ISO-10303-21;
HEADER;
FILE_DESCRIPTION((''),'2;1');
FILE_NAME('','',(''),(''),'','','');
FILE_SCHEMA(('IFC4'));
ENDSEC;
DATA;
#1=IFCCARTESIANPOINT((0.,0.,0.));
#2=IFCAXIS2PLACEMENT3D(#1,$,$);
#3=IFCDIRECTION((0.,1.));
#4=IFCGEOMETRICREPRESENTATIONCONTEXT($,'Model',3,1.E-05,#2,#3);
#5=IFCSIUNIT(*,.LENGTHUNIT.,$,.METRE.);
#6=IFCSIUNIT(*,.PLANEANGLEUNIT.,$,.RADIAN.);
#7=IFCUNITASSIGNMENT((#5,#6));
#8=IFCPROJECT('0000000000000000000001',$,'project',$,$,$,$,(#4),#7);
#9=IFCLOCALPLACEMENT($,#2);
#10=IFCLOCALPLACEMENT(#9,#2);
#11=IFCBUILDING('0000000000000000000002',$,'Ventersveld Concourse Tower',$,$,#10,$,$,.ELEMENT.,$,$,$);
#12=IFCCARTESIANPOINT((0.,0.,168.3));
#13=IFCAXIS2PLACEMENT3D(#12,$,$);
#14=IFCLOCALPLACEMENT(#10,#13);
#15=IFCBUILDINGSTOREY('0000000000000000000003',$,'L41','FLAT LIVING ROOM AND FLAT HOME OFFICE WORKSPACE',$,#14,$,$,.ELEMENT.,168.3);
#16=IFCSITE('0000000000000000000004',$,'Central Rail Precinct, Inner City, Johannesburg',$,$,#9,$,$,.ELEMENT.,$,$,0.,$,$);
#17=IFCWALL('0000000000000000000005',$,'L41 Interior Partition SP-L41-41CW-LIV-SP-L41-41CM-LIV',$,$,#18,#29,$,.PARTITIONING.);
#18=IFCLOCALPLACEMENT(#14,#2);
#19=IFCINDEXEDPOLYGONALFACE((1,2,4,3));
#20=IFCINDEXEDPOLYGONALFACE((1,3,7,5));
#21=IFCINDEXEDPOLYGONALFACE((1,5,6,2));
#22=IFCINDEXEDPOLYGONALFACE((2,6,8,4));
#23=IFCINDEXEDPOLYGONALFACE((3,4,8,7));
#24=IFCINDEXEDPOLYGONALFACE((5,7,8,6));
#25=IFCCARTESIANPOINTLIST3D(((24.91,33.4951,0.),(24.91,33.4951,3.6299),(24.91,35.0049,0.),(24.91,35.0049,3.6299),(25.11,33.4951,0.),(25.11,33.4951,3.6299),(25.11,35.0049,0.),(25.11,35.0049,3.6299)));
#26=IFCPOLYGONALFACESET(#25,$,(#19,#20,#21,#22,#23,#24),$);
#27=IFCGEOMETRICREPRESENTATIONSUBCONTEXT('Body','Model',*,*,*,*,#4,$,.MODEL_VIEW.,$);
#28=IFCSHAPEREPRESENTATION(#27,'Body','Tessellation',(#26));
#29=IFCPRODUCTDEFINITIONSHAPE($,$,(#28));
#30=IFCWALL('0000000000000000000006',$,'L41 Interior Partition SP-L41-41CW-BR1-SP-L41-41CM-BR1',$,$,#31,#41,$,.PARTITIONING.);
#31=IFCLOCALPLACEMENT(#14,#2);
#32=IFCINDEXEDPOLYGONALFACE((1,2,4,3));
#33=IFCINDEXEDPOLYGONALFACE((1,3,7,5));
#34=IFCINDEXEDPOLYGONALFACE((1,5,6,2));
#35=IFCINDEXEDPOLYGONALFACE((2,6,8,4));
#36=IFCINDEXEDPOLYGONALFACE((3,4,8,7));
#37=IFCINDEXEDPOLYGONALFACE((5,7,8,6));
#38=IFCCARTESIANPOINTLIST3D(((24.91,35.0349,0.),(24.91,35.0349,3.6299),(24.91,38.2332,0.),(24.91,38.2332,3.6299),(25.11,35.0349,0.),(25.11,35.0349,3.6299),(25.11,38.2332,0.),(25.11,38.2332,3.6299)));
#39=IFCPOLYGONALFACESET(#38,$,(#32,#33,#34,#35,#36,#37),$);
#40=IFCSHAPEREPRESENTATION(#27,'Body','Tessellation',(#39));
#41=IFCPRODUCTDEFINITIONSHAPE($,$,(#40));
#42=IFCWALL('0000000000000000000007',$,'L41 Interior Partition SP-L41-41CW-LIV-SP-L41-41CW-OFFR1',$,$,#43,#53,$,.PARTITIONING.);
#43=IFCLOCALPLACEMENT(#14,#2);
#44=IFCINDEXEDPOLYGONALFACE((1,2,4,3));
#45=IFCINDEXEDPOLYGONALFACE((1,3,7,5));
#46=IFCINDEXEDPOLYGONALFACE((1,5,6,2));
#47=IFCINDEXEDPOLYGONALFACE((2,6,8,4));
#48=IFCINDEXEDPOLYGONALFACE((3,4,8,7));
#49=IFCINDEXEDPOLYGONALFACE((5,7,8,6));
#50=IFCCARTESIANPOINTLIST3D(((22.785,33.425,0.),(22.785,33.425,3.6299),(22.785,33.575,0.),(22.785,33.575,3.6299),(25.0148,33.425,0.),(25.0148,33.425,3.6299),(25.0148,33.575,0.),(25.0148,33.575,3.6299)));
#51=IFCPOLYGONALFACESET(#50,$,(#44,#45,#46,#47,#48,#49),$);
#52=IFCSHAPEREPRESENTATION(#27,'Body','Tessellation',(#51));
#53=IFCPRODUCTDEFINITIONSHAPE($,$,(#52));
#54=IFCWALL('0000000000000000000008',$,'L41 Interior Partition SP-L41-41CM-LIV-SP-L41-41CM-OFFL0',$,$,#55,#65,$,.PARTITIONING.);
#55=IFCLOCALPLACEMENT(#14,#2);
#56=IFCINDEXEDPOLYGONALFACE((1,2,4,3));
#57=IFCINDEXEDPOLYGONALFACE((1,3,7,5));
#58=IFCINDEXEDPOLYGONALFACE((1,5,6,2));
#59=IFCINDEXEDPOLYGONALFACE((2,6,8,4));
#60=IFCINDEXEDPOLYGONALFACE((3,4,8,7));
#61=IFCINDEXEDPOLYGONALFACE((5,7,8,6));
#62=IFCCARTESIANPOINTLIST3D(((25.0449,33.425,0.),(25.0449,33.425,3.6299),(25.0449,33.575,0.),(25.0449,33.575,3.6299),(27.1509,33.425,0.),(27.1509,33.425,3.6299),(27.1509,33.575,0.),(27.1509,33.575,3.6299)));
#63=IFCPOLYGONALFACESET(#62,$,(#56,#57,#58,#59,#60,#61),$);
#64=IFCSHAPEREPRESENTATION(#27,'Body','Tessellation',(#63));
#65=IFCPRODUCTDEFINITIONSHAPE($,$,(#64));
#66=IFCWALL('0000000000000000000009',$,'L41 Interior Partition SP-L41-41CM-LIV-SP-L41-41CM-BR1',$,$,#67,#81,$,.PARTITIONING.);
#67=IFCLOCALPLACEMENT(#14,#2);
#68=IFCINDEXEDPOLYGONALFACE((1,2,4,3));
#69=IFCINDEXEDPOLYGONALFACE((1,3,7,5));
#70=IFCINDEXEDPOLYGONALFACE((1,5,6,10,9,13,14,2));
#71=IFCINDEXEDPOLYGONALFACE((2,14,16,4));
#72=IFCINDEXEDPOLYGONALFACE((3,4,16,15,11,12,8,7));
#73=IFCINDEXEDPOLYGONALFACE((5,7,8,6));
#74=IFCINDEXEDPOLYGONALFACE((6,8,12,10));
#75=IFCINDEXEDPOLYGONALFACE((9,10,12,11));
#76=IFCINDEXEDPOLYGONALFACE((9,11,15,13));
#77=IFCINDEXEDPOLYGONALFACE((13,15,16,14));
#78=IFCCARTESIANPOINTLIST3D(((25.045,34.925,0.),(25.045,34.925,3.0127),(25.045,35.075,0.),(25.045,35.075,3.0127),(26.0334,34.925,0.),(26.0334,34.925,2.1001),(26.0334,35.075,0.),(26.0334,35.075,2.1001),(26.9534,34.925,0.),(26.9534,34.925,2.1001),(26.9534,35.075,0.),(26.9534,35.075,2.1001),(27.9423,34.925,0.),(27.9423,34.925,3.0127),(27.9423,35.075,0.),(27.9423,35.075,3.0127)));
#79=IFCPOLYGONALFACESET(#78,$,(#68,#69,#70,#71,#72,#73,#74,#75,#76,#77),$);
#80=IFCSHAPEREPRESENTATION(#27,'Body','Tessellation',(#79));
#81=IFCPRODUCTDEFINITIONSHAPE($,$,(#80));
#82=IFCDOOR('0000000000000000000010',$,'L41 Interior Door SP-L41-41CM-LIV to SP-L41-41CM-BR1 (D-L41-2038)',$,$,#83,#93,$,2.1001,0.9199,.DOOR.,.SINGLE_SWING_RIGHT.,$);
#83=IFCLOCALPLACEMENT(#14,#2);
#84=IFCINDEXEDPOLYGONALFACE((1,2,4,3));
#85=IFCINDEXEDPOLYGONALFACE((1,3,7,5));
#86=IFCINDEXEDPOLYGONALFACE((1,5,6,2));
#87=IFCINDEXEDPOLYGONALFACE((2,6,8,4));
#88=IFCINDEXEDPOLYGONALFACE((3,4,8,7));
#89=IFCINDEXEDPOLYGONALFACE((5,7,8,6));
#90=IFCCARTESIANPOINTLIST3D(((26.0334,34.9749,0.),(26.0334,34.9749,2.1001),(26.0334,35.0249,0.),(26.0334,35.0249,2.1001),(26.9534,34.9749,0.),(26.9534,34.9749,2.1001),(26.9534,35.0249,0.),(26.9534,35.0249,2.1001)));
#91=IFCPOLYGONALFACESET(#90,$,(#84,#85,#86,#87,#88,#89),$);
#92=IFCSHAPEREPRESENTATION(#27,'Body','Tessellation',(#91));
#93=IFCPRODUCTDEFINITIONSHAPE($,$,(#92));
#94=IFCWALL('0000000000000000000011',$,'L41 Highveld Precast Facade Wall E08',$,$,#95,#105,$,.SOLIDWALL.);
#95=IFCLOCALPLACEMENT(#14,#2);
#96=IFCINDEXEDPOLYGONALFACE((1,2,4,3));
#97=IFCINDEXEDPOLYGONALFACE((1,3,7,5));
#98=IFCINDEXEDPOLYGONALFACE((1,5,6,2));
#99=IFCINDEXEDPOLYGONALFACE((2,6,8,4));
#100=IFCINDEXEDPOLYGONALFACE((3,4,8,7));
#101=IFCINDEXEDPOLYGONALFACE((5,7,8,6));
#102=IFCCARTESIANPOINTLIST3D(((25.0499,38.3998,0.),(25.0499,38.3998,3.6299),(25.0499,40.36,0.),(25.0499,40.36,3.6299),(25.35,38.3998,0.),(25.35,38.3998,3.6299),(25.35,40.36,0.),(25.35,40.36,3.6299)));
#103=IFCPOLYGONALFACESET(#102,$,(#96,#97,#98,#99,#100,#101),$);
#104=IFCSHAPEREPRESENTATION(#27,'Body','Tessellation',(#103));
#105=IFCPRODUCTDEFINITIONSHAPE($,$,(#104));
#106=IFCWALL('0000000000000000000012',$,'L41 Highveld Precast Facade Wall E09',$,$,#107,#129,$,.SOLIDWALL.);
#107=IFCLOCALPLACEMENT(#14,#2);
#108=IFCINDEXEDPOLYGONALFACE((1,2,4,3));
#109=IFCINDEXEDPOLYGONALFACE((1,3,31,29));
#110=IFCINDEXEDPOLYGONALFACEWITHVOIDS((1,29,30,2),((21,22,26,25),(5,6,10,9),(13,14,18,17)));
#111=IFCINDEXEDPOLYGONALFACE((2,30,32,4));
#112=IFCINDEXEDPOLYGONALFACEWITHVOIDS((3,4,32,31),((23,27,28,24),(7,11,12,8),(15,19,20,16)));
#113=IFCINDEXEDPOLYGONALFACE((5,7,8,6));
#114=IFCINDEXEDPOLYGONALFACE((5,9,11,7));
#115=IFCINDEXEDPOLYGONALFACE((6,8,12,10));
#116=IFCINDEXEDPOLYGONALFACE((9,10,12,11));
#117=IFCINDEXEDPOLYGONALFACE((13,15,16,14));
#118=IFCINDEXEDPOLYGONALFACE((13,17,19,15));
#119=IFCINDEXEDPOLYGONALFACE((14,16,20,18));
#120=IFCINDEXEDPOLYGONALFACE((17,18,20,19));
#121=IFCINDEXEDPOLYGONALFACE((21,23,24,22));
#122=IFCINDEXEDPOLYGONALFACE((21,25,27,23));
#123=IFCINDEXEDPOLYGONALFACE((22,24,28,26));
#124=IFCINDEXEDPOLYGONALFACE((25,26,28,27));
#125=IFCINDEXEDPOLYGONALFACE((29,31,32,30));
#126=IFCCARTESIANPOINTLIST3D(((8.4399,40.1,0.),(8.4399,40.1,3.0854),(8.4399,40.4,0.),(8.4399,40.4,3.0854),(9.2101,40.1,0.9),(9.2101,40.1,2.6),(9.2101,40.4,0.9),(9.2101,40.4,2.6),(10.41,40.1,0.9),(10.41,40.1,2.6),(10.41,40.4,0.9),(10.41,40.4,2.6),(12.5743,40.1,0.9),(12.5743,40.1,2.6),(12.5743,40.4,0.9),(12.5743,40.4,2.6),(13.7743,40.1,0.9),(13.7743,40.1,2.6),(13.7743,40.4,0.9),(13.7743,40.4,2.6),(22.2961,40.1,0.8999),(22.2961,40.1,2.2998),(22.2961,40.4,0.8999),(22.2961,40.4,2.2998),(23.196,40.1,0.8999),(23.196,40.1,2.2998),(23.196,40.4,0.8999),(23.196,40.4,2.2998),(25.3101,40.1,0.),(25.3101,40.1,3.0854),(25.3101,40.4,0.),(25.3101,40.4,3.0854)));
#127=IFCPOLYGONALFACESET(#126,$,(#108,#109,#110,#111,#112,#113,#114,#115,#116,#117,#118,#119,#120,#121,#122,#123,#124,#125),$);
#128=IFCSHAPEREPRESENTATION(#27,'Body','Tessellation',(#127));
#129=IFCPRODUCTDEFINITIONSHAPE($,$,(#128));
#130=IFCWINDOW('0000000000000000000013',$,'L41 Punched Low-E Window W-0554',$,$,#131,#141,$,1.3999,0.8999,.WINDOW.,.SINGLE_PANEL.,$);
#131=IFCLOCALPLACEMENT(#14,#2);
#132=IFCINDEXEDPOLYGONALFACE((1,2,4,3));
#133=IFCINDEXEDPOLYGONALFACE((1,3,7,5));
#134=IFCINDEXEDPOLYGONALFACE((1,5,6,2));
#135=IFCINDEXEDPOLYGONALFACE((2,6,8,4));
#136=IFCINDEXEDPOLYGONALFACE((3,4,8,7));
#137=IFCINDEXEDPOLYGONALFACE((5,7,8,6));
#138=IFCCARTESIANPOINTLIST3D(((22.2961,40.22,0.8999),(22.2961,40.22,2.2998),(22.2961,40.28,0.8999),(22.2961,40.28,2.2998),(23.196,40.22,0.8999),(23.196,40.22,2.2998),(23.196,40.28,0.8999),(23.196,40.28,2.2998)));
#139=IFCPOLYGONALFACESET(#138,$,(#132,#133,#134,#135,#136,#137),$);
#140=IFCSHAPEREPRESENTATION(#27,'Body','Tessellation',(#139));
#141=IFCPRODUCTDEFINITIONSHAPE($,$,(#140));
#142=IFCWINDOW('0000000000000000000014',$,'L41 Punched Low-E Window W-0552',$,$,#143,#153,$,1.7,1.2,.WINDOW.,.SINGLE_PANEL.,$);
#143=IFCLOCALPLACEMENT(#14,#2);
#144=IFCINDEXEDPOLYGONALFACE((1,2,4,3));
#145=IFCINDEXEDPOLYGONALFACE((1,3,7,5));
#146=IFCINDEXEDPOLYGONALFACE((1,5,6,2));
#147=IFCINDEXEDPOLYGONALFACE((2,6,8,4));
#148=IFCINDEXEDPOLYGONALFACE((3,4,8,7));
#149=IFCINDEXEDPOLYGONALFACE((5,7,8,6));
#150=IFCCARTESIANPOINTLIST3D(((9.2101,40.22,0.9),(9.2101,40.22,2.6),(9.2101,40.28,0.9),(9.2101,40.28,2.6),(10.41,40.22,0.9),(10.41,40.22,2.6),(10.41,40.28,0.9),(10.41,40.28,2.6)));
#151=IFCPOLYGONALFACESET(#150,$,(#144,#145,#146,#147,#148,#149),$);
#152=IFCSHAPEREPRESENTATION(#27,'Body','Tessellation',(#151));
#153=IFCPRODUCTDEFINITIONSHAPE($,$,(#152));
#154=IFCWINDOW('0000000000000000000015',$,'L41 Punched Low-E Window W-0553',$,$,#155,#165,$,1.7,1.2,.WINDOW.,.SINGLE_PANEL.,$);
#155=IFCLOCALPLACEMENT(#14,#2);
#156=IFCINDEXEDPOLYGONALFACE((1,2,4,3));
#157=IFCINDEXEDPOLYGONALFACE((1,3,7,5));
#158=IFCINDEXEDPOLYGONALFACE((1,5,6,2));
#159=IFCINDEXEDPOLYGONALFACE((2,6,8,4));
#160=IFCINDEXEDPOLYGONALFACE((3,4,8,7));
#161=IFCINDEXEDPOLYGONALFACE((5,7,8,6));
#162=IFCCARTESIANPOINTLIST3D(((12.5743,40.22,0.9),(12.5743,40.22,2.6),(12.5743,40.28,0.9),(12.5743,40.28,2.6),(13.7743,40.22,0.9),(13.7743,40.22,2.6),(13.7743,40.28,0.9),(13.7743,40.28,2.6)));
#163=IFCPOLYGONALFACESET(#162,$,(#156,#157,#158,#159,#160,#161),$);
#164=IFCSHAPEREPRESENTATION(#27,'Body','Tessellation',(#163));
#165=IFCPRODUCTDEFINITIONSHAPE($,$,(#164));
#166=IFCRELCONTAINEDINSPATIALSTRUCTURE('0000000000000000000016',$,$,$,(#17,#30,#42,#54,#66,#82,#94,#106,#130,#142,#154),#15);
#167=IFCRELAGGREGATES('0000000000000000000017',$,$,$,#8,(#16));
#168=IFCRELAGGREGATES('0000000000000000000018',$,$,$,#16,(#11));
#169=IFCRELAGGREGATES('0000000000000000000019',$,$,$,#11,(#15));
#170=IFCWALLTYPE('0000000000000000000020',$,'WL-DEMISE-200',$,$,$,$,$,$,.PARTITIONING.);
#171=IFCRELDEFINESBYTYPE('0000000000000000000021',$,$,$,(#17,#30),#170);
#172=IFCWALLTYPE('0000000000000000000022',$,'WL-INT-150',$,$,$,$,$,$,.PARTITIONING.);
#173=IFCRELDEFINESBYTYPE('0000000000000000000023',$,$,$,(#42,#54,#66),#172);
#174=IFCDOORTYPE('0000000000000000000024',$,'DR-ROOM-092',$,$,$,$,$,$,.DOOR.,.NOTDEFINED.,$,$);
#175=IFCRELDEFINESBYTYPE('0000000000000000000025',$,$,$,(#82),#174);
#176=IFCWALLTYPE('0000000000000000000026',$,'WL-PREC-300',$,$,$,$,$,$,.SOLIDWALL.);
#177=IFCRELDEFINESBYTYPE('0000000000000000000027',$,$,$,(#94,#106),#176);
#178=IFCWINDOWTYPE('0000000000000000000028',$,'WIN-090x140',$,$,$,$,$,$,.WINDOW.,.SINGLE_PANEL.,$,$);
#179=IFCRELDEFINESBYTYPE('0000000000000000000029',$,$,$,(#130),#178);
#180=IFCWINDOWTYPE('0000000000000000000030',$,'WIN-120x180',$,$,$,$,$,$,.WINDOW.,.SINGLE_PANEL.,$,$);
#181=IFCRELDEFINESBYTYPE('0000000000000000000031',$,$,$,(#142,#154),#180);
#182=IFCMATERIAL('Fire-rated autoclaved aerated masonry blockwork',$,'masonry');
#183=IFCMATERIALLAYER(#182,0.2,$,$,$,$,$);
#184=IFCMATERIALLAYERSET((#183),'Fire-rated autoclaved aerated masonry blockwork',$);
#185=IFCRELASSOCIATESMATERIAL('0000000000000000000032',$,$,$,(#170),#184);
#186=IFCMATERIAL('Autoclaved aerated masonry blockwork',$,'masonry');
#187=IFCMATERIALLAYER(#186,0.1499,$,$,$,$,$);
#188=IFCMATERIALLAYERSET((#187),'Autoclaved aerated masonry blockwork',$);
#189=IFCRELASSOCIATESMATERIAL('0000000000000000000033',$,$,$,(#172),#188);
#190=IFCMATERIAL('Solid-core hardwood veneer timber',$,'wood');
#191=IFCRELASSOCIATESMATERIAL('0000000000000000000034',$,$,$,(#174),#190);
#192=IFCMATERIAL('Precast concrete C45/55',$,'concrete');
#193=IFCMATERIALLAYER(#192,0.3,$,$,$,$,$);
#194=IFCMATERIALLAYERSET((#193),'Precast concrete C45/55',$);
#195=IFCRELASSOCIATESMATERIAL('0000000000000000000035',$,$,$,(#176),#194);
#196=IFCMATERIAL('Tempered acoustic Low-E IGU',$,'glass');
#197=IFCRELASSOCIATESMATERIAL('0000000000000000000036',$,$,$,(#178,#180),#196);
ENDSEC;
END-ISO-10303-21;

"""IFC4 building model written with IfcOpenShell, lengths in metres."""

from ifc_helpers import new_model, si_unit, direction, frame, frame_2d, origin, place, context, subcontext, project, spatial, rectangle, extrude, material, layer, layer_set, type_object, element, fill, save


model = new_model("IFC4")

# Units and contexts
model_context = context("Model", 3, precision=1e-05, world=origin(), true_north=direction((0.0, 1.0)))
body_context = subcontext(model_context, "Body", "Model", "MODEL_VIEW")
ifc_project = project(units=[si_unit("LENGTHUNIT", "METRE"), si_unit("PLANEANGLEUNIT", "RADIAN")], contexts=[model_context])

# Site, building, storey
site_placement = place(None, origin())
site = spatial("IfcSite", under=ifc_project, at=site_placement, Name="Central Rail Precinct, Inner City, Johannesburg", CompositionType="ELEMENT", RefElevation=0.0)
building_placement = place(site_placement, origin())
building = spatial("IfcBuilding", under=site, at=building_placement, Name="Ventersveld Concourse Tower", CompositionType="ELEMENT")
storey_placement = place(building_placement, frame((0.0, 0.0, 168.3)))
storey = spatial("IfcBuildingStorey", under=building, at=storey_placement, Name="L41", Description="FLAT LIVING ROOM AND FLAT HOME OFFICE WORKSPACE", CompositionType="ELEMENT", Elevation=168.3)

# Walls
ifc_material_1 = material(Name="Fire-rated autoclaved aerated masonry blockwork", Category="masonry")
ifc_layer_1 = layer(ifc_material_1, 0.2)
ifc_layer_set_1 = layer_set([ifc_layer_1], Name="Fire-rated autoclaved aerated masonry blockwork")
wall_type_1 = type_object("IfcWallType", Name="WL-DEMISE-200", PredefinedType="PARTITIONING", material=ifc_layer_set_1)
wall_1_placement = place(storey_placement, frame((25.01, 33.4951, 0.0), z_axis=(0.0, 0.0, 1.0), x_axis=(0.0, 1.0, 0.0)))
element("IfcWall", 1, at=wall_1_placement, inside=storey, type_object=wall_type_1, Name="L41 Interior Partition SP-L41-41CW-LIV-SP-L41-41CM-LIV", PredefinedType="PARTITIONING", context=body_context, shape_type="SweptSolid", body=[
    extrude(rectangle(XDim=1.5098, YDim=0.2, at=frame_2d((0.7549, 0.0))), origin(), (0.0, 0.0, 1.0), 3.6299),
])
wall_2_placement = place(storey_placement, frame((25.01, 35.0349, 0.0), z_axis=(0.0, 0.0, 1.0), x_axis=(0.0, 1.0, 0.0)))
element("IfcWall", 2, at=wall_2_placement, inside=storey, type_object=wall_type_1, Name="L41 Interior Partition SP-L41-41CW-BR1-SP-L41-41CM-BR1", PredefinedType="PARTITIONING", context=body_context, shape_type="SweptSolid", body=[
    extrude(rectangle(XDim=3.1982, YDim=0.2, at=frame_2d((1.5991, 0.0))), origin(), (0.0, 0.0, 1.0), 3.6299),
])
ifc_material_2 = material(Name="Autoclaved aerated masonry blockwork", Category="masonry")
ifc_layer_2 = layer(ifc_material_2, 0.1499)
ifc_layer_set_2 = layer_set([ifc_layer_2], Name="Autoclaved aerated masonry blockwork")
wall_type_2 = type_object("IfcWallType", Name="WL-INT-150", PredefinedType="PARTITIONING", material=ifc_layer_set_2)
wall_3_placement = place(storey_placement, frame((22.7852, 33.5, 0.0), z_axis=(0.0, 0.0, 1.0), x_axis=(1.0, 0.0, 0.0)))
element("IfcWall", 3, at=wall_3_placement, inside=storey, type_object=wall_type_2, Name="L41 Interior Partition SP-L41-41CW-LIV-SP-L41-41CW-OFFR1", PredefinedType="PARTITIONING", context=body_context, shape_type="SweptSolid", body=[
    extrude(rectangle(XDim=2.2297, YDim=0.1499, at=frame_2d((1.1147, 0.0))), origin(), (0.0, 0.0, 1.0), 3.6299),
])
wall_4_placement = place(storey_placement, frame((25.0449, 33.5, 0.0), z_axis=(0.0, 0.0, 1.0), x_axis=(1.0, 0.0, 0.0)))
element("IfcWall", 4, at=wall_4_placement, inside=storey, type_object=wall_type_2, Name="L41 Interior Partition SP-L41-41CM-LIV-SP-L41-41CM-OFFL0", PredefinedType="PARTITIONING", context=body_context, shape_type="SweptSolid", body=[
    extrude(rectangle(XDim=2.106, YDim=0.1499, at=frame_2d((1.053, 0.0))), origin(), (0.0, 0.0, 1.0), 3.6299),
])

# Wall, opening, door
wall_5_placement = place(storey_placement, frame((25.0449, 35.0, 0.0), z_axis=(0.0, 0.0, 1.0), x_axis=(1.0, 0.0, 0.0)))
wall_5 = element("IfcWall", 5, at=wall_5_placement, inside=storey, type_object=wall_type_2, Name="L41 Interior Partition SP-L41-41CM-LIV-SP-L41-41CM-BR1", PredefinedType="PARTITIONING", context=body_context, shape_type="SweptSolid", body=[
    extrude(rectangle(XDim=2.8972, YDim=0.1499, at=frame_2d((1.4487, 0.0))), origin(), (0.0, 0.0, 1.0), 3.0127),
])
opening_1_placement = place(wall_5_placement, frame((0.9885, 0.0, 0.0)))
opening_1 = element("IfcOpeningElement", 6, at=opening_1_placement, cuts=wall_5, PredefinedType="OPENING", context=body_context, shape_type="SweptSolid", body=[
    extrude(rectangle(XDim=0.9199, YDim=2.1001, at=frame_2d((0.46, 1.05))), frame((0.0, 0.085, 0.0), z_axis=(0.0, -1.0, 0.0), x_axis=(1.0, 0.0, 0.0)), (0.0, 0.0, 1.0), 0.1699),
])
ifc_material_3 = material(Name="Solid-core hardwood veneer timber", Category="wood")
door_type = type_object("IfcDoorType", Name="DR-ROOM-092", OperationType="NOTDEFINED", PredefinedType="DOOR", material=ifc_material_3)
door_placement = place(opening_1_placement, origin())
door = element("IfcDoor", 7, at=door_placement, inside=storey, type_object=door_type, Name="L41 Interior Door SP-L41-41CM-LIV to SP-L41-41CM-BR1 (D-L41-2038)", OperationType="SINGLE_SWING_RIGHT", OverallHeight=2.1001, OverallWidth=0.9199, PredefinedType="DOOR", context=body_context, shape_type="SweptSolid", body=[
    extrude(rectangle(XDim=0.9199, YDim=2.1001, at=frame_2d((0.46, 1.05))), frame((0.0, 0.0249, 0.0), z_axis=(0.0, -1.0, 0.0), x_axis=(1.0, 0.0, 0.0)), (0.0, 0.0, 1.0), 0.05),
])
fill(opening_1, door)

# Wall
ifc_material_4 = material(Name="Precast concrete C45/55", Category="concrete")
ifc_layer_3 = layer(ifc_material_4, 0.3)
ifc_layer_set_3 = layer_set([ifc_layer_3], Name="Precast concrete C45/55")
wall_type_3 = type_object("IfcWallType", Name="WL-PREC-300", PredefinedType="SOLIDWALL", material=ifc_layer_set_3)
wall_6_placement = place(storey_placement, frame((25.2, 38.3999, 0.0), z_axis=(0.0, 0.0, 1.0), x_axis=(0.0, 1.0, 0.0)))
element("IfcWall", 8, at=wall_6_placement, inside=storey, type_object=wall_type_3, Name="L41 Highveld Precast Facade Wall E08", PredefinedType="SOLIDWALL", context=body_context, shape_type="SweptSolid", body=[
    extrude(rectangle(XDim=1.9602, YDim=0.3, at=frame_2d((0.98, 0.0))), origin(), (0.0, 0.0, 1.0), 3.6299),
])

# Wall, openings, windows
wall_7_placement = place(storey_placement, frame((25.3101, 40.25, 0.0), z_axis=(0.0, 0.0, 1.0), x_axis=(-1.0, 0.0, 0.0)))
wall_7 = element("IfcWall", 9, at=wall_7_placement, inside=storey, type_object=wall_type_3, Name="L41 Highveld Precast Facade Wall E09", PredefinedType="SOLIDWALL", context=body_context, shape_type="SweptSolid", body=[
    extrude(rectangle(XDim=16.8701, YDim=0.3, at=frame_2d((8.4351, 0.0))), origin(), (0.0, 0.0, 1.0), 3.0854),
])
opening_2_placement = place(wall_7_placement, frame((14.8999, 0.0, 0.8999)))
opening_2 = element("IfcOpeningElement", 10, at=opening_2_placement, cuts=wall_7, PredefinedType="OPENING", context=body_context, shape_type="SweptSolid", body=[
    extrude(rectangle(XDim=1.2, YDim=1.7, at=frame_2d((0.6001, 0.8501))), frame((0.0, 0.1602, 0.0), z_axis=(0.0, -1.0, 0.0), x_axis=(1.0, 0.0, 0.0)), (0.0, 0.0, 1.0), 0.3201),
])
opening_3_placement = place(wall_7_placement, frame((11.5356, 0.0, 0.8999)))
opening_3 = element("IfcOpeningElement", 11, at=opening_3_placement, cuts=wall_7, PredefinedType="OPENING", context=body_context, shape_type="SweptSolid", body=[
    extrude(rectangle(XDim=1.2, YDim=1.7, at=frame_2d((0.6001, 0.8501))), frame((0.0, 0.1602, 0.0), z_axis=(0.0, -1.0, 0.0), x_axis=(1.0, 0.0, 0.0)), (0.0, 0.0, 1.0), 0.3201),
])
opening_4_placement = place(wall_7_placement, frame((2.114, 0.0, 0.8999)))
opening_4 = element("IfcOpeningElement", 12, at=opening_4_placement, cuts=wall_7, PredefinedType="OPENING", context=body_context, shape_type="SweptSolid", body=[
    extrude(rectangle(XDim=0.8999, YDim=1.3999, at=frame_2d((0.45, 0.7))), frame((0.0, 0.1602, 0.0), z_axis=(0.0, -1.0, 0.0), x_axis=(1.0, 0.0, 0.0)), (0.0, 0.0, 1.0), 0.3201),
])
ifc_material_5 = material(Name="Tempered acoustic Low-E IGU", Category="glass")
window_type_1 = type_object("IfcWindowType", Name="WIN-090x140", PartitioningType="SINGLE_PANEL", PredefinedType="WINDOW", material=ifc_material_5)
window_1_placement = place(opening_4_placement, origin())
window_1 = element("IfcWindow", 13, at=window_1_placement, inside=storey, type_object=window_type_1, Name="L41 Punched Low-E Window W-0554", OverallHeight=1.3999, OverallWidth=0.8999, PartitioningType="SINGLE_PANEL", PredefinedType="WINDOW", context=body_context, shape_type="SweptSolid", body=[
    extrude(rectangle(XDim=0.8999, YDim=1.3999, at=frame_2d((0.45, 0.7))), frame((0.0, 0.03, 0.0), z_axis=(0.0, -1.0, 0.0), x_axis=(1.0, 0.0, 0.0)), (0.0, 0.0, 1.0), 0.0601),
])
fill(opening_4, window_1)
window_type_2 = type_object("IfcWindowType", Name="WIN-120x180", PartitioningType="SINGLE_PANEL", PredefinedType="WINDOW", material=ifc_material_5)
window_2_placement = place(opening_2_placement, origin())
window_2 = element("IfcWindow", 14, at=window_2_placement, inside=storey, type_object=window_type_2, Name="L41 Punched Low-E Window W-0552", OverallHeight=1.7, OverallWidth=1.2, PartitioningType="SINGLE_PANEL", PredefinedType="WINDOW", context=body_context, shape_type="SweptSolid", body=[
    extrude(rectangle(XDim=1.2, YDim=1.7, at=frame_2d((0.6001, 0.8501))), frame((0.0, 0.03, 0.0), z_axis=(0.0, -1.0, 0.0), x_axis=(1.0, 0.0, 0.0)), (0.0, 0.0, 1.0), 0.0601),
])
fill(opening_2, window_2)
window_3_placement = place(opening_3_placement, origin())
window_3 = element("IfcWindow", 15, at=window_3_placement, inside=storey, type_object=window_type_2, Name="L41 Punched Low-E Window W-0553", OverallHeight=1.7, OverallWidth=1.2, PartitioningType="SINGLE_PANEL", PredefinedType="WINDOW", context=body_context, shape_type="SweptSolid", body=[
    extrude(rectangle(XDim=1.2, YDim=1.7, at=frame_2d((0.6001, 0.8501))), frame((0.0, 0.03, 0.0), z_axis=(0.0, -1.0, 0.0), x_axis=(1.0, 0.0, 0.0)), (0.0, 0.0, 1.0), 0.0601),
])
fill(opening_3, window_3)

save(model, "model.ifc")
